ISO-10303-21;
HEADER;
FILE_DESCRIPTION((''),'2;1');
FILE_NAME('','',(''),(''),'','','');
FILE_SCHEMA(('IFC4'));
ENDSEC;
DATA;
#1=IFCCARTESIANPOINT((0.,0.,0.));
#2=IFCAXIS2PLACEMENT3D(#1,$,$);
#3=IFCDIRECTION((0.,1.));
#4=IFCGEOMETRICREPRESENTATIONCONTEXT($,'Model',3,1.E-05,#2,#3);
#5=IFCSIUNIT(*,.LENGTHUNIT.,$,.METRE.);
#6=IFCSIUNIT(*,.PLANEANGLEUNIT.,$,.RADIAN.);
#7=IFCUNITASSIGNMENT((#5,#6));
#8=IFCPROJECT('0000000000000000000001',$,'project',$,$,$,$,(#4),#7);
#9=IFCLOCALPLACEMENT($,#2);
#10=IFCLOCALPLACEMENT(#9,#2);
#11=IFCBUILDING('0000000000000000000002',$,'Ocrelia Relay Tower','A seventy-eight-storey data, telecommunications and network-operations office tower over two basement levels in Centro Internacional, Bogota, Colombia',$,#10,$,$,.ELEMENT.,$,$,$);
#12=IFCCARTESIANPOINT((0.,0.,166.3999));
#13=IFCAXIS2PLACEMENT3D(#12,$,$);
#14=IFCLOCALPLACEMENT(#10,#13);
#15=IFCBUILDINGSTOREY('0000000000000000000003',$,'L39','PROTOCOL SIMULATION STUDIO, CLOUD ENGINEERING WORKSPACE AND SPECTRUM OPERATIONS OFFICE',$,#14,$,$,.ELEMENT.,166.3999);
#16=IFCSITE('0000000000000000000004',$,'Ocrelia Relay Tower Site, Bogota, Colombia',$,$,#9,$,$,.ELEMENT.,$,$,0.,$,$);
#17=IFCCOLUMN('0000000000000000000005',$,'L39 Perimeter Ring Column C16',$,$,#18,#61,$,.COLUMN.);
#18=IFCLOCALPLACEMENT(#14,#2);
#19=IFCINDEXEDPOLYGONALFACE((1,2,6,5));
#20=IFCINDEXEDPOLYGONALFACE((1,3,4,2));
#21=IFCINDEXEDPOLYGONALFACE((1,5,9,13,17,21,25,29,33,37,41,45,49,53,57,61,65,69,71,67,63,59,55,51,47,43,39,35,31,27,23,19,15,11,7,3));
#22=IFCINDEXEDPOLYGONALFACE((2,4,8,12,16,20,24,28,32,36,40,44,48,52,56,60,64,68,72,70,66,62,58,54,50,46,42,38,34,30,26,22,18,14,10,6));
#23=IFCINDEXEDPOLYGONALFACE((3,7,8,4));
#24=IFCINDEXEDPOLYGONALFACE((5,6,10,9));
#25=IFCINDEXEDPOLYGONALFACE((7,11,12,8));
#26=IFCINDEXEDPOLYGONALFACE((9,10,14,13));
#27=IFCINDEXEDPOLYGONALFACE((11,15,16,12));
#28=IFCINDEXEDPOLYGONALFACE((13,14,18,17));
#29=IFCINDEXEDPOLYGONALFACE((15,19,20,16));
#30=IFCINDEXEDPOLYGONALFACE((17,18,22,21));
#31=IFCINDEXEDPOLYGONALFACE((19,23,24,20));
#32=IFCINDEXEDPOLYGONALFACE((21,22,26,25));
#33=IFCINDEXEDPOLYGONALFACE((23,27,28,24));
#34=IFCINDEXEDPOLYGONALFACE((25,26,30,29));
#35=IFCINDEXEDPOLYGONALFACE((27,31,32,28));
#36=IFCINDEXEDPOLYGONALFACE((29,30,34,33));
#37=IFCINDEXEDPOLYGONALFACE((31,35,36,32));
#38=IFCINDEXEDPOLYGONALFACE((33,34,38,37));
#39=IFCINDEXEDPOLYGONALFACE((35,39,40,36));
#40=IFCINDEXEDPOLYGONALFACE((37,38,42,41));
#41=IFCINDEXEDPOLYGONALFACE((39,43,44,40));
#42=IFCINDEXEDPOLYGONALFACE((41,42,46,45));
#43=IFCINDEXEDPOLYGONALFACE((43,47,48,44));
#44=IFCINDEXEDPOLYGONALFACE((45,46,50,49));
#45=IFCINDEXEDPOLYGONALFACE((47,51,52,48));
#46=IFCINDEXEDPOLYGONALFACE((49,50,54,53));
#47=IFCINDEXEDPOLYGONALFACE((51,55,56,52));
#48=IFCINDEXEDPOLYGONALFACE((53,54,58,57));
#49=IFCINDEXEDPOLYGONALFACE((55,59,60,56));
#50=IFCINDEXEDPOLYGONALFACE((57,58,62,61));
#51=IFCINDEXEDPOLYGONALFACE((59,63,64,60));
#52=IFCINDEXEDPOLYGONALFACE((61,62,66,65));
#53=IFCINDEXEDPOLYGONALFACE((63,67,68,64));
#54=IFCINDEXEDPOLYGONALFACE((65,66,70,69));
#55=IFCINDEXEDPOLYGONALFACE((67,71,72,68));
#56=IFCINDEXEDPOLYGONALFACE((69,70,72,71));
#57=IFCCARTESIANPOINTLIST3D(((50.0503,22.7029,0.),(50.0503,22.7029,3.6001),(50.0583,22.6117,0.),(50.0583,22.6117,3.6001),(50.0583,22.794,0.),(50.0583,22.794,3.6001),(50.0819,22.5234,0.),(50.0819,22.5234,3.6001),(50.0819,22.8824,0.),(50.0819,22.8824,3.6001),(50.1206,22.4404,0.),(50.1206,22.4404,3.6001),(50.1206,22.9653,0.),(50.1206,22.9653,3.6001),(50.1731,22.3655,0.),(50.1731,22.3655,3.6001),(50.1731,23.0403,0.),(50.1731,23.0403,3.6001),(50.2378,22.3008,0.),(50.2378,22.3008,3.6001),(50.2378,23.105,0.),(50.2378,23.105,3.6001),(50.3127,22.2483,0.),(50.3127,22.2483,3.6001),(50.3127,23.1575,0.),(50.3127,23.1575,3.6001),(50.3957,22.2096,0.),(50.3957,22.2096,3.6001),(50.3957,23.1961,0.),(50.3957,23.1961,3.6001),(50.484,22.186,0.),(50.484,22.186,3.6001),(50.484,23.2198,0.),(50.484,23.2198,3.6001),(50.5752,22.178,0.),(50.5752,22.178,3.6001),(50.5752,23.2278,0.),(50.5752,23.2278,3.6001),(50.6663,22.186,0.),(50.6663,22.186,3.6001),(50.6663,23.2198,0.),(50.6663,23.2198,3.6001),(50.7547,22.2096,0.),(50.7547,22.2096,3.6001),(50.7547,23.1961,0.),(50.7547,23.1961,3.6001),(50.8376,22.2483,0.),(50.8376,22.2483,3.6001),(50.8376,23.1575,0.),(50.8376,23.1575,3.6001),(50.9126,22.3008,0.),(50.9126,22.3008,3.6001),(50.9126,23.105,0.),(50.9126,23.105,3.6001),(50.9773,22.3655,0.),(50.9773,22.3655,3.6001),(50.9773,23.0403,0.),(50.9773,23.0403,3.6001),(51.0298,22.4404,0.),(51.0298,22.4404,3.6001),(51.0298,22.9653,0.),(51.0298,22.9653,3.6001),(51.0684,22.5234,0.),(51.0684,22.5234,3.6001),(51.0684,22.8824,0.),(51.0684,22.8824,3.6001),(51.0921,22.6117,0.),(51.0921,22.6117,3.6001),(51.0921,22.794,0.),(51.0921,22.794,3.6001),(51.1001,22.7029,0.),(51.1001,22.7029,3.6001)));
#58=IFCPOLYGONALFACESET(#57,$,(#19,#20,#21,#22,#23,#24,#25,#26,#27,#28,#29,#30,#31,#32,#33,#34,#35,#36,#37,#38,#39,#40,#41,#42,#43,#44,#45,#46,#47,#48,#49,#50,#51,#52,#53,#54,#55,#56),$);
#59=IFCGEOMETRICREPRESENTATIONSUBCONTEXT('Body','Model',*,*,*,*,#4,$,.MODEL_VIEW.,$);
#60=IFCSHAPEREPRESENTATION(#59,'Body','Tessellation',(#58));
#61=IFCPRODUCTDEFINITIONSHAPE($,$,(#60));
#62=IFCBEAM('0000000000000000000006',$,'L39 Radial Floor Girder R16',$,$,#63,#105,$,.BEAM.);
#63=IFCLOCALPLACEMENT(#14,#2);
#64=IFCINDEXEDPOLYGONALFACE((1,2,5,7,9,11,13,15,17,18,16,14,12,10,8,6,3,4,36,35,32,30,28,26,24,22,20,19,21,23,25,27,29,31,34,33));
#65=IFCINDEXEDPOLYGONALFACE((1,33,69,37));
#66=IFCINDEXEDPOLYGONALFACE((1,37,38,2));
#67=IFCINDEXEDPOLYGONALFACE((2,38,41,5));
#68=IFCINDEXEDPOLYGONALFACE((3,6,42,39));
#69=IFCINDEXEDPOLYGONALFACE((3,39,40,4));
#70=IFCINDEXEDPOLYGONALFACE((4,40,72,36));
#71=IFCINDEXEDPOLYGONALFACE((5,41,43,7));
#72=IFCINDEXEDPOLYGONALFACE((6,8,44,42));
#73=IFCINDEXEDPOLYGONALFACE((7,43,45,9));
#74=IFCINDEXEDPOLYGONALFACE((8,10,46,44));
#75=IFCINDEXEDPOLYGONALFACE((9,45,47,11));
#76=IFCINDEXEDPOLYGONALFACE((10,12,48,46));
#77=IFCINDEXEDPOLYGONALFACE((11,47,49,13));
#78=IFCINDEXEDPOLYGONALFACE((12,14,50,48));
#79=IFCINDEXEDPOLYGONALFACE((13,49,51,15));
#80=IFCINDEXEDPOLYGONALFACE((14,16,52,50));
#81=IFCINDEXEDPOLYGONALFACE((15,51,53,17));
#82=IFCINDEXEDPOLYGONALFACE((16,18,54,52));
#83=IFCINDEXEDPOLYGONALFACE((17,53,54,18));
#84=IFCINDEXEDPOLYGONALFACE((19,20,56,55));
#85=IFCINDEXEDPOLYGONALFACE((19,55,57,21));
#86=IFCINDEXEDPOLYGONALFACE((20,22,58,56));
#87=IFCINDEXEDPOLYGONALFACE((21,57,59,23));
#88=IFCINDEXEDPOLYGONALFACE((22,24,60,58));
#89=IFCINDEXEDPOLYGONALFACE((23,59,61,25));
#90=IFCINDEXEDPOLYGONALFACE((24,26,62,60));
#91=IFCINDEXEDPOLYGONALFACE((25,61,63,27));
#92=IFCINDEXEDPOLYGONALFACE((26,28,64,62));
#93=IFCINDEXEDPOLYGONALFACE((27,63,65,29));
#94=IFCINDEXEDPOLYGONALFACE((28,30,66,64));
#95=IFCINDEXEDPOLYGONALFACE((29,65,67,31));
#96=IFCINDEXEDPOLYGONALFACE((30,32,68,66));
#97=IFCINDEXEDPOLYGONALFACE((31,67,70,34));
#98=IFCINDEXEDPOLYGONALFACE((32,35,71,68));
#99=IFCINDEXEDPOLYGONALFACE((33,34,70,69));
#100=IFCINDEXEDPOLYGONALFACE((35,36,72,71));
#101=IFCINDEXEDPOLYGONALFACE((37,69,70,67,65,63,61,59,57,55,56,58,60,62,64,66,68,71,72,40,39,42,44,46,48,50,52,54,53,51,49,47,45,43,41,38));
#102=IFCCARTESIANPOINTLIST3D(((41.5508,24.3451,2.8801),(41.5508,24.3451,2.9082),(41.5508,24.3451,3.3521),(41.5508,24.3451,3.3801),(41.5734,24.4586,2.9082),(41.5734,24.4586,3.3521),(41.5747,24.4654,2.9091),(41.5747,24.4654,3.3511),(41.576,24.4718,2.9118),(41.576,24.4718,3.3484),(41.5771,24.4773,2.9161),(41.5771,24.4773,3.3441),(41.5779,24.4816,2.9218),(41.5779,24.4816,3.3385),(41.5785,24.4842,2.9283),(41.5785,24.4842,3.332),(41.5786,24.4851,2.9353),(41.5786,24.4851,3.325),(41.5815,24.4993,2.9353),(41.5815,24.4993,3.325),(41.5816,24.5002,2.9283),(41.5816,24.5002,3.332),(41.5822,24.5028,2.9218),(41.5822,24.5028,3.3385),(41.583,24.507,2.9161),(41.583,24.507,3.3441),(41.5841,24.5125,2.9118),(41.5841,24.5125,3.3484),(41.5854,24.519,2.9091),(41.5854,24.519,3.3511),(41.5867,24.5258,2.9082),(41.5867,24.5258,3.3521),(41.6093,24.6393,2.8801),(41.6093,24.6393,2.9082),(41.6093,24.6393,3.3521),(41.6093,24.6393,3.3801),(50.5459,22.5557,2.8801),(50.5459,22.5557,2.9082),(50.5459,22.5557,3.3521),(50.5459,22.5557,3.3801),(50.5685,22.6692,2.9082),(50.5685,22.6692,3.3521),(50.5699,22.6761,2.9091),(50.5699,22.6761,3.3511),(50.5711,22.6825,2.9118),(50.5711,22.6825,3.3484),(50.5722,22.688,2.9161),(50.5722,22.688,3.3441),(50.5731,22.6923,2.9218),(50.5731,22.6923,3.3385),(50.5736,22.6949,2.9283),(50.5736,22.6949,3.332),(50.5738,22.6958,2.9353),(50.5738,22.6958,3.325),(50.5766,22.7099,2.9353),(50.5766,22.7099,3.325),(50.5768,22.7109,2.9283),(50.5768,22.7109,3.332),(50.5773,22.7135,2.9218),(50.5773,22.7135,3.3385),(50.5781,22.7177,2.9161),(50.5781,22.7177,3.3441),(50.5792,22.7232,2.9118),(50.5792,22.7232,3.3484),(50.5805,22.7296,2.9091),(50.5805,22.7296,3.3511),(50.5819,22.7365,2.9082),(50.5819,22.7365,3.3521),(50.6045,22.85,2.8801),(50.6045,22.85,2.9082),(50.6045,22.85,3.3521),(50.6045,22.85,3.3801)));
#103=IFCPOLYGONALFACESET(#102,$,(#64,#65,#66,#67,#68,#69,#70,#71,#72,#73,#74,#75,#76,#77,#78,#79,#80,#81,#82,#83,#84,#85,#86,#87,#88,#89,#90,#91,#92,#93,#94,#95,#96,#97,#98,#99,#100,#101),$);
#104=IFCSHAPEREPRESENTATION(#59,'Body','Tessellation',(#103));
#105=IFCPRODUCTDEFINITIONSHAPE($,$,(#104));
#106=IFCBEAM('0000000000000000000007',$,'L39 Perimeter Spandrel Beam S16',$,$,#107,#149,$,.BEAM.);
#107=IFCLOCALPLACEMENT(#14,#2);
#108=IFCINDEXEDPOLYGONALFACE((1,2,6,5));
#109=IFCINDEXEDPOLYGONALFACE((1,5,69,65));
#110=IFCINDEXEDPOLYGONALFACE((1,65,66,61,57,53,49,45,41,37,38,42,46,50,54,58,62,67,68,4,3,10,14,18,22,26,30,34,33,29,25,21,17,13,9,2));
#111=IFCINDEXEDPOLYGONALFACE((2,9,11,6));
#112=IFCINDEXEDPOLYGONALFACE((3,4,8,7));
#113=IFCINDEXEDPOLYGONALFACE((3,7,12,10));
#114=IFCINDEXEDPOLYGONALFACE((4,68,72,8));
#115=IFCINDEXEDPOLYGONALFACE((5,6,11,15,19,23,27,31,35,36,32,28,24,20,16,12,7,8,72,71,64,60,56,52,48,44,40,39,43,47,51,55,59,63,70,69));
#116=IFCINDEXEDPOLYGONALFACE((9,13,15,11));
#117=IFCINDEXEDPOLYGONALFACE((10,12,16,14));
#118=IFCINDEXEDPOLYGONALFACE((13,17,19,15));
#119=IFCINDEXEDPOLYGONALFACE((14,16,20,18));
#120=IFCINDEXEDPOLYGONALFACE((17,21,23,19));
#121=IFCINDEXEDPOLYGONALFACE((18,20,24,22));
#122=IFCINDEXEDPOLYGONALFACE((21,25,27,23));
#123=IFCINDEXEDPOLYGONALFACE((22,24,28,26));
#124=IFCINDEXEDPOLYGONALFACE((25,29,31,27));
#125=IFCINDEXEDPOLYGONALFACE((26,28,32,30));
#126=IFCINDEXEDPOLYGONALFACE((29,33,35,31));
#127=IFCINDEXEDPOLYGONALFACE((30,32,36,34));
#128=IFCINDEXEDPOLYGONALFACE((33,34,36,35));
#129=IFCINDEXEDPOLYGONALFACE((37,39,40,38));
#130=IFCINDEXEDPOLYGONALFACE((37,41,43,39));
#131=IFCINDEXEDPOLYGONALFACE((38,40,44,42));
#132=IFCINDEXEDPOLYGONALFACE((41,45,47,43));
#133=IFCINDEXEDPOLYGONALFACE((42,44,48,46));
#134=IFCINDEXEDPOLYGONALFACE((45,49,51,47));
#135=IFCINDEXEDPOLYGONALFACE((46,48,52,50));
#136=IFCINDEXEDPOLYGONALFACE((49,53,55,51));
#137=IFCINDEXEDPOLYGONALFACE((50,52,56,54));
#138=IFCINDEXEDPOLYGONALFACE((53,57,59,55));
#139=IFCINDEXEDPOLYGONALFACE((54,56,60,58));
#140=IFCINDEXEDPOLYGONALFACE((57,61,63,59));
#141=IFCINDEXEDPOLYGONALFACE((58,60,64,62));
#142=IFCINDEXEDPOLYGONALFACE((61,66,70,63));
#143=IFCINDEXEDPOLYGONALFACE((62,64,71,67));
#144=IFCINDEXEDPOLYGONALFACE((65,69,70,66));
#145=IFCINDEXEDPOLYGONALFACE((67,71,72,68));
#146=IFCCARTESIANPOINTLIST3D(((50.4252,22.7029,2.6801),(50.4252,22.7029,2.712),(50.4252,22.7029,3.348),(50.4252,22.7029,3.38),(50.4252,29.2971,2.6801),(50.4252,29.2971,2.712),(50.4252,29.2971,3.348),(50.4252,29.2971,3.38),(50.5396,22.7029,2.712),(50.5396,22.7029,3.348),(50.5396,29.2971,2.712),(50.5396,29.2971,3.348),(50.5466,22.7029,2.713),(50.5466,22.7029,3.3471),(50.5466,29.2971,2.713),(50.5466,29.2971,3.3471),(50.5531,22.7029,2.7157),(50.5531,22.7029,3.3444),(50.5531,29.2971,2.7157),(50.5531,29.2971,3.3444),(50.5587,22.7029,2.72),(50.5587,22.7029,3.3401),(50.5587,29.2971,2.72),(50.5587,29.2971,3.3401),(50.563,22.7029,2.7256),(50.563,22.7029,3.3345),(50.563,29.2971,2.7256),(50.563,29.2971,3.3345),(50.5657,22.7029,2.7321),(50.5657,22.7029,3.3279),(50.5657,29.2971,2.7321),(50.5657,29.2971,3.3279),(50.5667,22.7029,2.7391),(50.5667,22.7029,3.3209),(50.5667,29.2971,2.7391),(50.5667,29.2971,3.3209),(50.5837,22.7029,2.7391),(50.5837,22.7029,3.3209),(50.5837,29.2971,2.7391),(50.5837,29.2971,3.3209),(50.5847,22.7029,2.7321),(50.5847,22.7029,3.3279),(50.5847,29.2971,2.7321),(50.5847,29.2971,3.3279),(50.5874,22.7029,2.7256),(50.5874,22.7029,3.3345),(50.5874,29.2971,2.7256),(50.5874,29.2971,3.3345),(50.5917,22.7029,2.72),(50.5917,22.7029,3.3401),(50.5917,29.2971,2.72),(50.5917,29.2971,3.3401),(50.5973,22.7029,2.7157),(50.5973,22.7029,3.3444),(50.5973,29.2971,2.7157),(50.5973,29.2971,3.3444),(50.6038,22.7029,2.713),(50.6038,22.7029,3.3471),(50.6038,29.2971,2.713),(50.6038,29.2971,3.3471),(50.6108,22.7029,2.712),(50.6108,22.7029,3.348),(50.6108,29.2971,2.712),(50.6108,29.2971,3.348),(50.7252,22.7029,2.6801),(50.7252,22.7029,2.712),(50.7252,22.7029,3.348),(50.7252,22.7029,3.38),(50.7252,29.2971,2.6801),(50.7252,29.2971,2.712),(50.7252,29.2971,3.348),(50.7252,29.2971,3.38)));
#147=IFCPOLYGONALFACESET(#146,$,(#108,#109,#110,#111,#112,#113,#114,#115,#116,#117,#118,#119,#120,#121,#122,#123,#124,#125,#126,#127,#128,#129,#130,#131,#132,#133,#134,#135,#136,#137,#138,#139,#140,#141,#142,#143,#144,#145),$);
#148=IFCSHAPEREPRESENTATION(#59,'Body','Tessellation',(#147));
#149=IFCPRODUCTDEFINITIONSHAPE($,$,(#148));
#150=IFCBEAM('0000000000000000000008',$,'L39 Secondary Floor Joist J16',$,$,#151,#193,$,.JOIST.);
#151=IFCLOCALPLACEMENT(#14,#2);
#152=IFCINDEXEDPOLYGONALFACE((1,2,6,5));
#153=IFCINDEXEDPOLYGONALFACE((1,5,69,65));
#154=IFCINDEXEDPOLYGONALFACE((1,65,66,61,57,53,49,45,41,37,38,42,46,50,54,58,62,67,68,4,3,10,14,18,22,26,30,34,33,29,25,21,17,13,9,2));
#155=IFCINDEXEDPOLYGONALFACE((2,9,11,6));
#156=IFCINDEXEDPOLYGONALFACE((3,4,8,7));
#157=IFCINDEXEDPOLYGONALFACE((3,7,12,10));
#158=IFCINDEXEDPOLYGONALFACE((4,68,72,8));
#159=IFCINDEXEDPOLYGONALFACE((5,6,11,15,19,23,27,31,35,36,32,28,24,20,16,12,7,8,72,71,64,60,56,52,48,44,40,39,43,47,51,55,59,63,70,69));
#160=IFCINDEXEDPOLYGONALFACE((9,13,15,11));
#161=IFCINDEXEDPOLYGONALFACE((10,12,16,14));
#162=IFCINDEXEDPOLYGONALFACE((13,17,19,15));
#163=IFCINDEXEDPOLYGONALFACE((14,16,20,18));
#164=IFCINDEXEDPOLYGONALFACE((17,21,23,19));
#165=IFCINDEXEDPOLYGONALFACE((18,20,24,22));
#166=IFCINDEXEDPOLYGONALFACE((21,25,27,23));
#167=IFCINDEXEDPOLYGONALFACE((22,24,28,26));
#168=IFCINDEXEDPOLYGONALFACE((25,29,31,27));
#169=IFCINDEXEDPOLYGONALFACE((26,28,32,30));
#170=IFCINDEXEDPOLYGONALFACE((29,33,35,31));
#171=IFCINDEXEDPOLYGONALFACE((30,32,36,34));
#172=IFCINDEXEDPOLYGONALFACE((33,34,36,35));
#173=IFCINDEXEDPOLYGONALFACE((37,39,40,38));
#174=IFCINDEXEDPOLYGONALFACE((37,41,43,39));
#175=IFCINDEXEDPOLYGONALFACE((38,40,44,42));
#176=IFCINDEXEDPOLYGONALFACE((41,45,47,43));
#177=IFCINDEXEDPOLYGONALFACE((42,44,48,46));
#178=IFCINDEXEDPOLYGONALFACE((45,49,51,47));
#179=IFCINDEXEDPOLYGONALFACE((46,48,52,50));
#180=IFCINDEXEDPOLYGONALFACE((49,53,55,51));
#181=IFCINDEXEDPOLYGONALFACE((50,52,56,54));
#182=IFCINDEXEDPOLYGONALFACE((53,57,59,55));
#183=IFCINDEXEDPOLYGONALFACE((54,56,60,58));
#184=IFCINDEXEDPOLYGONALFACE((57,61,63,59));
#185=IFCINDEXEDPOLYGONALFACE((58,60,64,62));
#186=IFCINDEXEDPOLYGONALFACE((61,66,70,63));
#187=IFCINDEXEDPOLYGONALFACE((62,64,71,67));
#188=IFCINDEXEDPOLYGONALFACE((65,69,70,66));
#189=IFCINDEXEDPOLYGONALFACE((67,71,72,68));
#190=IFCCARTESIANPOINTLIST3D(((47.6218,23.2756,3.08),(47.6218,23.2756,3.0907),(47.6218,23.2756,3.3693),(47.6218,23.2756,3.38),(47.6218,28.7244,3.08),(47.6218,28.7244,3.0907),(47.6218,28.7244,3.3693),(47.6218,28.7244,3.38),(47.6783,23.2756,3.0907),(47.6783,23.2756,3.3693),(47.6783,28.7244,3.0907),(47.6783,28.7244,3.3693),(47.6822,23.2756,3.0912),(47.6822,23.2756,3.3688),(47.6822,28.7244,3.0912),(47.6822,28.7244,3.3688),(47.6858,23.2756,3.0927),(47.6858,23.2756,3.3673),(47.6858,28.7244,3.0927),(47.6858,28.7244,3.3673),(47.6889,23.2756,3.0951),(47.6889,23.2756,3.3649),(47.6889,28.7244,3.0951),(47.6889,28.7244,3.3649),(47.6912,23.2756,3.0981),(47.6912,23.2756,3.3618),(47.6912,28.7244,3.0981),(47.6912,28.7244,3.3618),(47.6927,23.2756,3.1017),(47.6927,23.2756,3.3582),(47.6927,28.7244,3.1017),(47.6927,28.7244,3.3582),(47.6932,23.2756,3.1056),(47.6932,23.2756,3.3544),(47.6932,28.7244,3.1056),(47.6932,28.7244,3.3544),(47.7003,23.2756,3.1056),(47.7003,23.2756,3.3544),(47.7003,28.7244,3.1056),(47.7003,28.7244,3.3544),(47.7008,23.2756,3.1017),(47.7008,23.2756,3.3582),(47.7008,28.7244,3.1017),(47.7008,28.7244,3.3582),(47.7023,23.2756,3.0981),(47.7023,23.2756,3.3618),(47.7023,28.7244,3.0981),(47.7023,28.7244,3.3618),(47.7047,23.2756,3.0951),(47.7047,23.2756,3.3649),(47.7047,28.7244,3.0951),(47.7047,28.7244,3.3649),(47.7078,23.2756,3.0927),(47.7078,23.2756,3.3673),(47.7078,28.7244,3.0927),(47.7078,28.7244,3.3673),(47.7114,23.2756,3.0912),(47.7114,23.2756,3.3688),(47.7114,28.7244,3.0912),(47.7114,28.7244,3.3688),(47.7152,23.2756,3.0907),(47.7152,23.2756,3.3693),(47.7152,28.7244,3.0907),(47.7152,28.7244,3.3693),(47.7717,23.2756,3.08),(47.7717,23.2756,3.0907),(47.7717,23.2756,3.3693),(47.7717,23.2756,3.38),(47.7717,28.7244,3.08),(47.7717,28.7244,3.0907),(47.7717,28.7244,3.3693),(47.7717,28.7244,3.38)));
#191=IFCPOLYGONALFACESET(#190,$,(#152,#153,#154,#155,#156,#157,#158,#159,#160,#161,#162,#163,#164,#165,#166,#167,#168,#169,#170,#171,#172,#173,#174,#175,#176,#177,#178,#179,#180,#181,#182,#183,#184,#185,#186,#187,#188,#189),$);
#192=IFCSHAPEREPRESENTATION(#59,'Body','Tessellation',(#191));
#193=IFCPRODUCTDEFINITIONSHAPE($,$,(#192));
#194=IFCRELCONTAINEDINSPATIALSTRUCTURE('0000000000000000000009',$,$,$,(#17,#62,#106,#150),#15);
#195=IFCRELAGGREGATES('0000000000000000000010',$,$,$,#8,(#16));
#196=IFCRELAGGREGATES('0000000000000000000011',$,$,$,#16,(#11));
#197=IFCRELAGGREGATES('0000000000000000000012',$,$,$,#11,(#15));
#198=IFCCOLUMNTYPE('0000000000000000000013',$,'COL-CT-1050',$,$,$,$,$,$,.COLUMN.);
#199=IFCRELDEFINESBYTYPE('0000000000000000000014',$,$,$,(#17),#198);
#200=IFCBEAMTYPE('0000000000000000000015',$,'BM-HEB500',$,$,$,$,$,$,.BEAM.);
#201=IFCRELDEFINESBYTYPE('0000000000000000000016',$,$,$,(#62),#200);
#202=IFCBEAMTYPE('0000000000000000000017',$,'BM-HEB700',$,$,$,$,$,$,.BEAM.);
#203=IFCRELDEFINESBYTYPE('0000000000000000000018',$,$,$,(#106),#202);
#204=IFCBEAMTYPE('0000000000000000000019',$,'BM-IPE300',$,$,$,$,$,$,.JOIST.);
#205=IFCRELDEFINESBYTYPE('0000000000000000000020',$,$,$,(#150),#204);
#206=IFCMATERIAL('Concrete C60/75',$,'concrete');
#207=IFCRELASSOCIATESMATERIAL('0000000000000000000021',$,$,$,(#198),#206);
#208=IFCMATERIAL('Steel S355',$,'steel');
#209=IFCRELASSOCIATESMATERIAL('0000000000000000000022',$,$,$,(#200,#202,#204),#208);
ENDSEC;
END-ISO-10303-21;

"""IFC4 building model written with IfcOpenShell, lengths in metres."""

from ifc_helpers import new_model, si_unit, direction, frame, origin, origin_2d, place, context, subcontext, project, spatial, circle, i_section, extrude, material, material_profile, profile_set, type_object, element, save


model = new_model("IFC4")

# Units and contexts
model_context = context("Model", 3, precision=1e-05, world=origin(), true_north=direction((0.0, 1.0)))
body_context = subcontext(model_context, "Body", "Model", "MODEL_VIEW")
ifc_project = project(units=[si_unit("LENGTHUNIT", "METRE"), si_unit("PLANEANGLEUNIT", "RADIAN")], contexts=[model_context])

# Site, building, storey
site_placement = place(None, origin())
site = spatial("IfcSite", under=ifc_project, at=site_placement, Name="Ocrelia Relay Tower Site, Bogota, Colombia", CompositionType="ELEMENT", RefElevation=0.0)
building_placement = place(site_placement, origin())
building = spatial("IfcBuilding", under=site, at=building_placement, Name="Ocrelia Relay Tower", Description="A seventy-eight-storey data, telecommunications and network-operations office tower over two basement levels in Centro Internacional, Bogota, Colombia", CompositionType="ELEMENT")
storey_placement = place(building_placement, frame((0.0, 0.0, 166.3999)))
storey = spatial("IfcBuildingStorey", under=building, at=storey_placement, Name="L39", Description="PROTOCOL SIMULATION STUDIO, CLOUD ENGINEERING WORKSPACE AND SPECTRUM OPERATIONS OFFICE", CompositionType="ELEMENT", Elevation=166.3999)

# Column
ifc_material_1 = material(Name="Concrete C60/75", Category="concrete")
ifc_material_profile_1 = material_profile(ifc_material_1, circle(Radius=0.5249, at=origin_2d()), Name="RC-CIR-1050")
ifc_profile_set_1 = profile_set([ifc_material_profile_1], Name="Concrete C60/75")
column_type = type_object("IfcColumnType", Name="COL-CT-1050", PredefinedType="COLUMN", material=ifc_profile_set_1)
column_placement = place(storey_placement, frame((50.5752, 22.7029, 0.0), z_axis=(0.0, 0.0, 1.0), x_axis=(1.0, 0.0, 0.0)))
element("IfcColumn", 1, at=column_placement, inside=storey, type_object=column_type, Name="L39 Perimeter Ring Column C16", PredefinedType="COLUMN", context=body_context, shape_type="SweptSolid", body=[
    extrude(circle(Radius=0.5249, at=origin_2d()), origin(), (0.0, 0.0, 1.0), 3.6001),
])

# Beams
ifc_material_2 = material(Name="Steel S355", Category="steel")
ifc_material_profile_2 = material_profile(ifc_material_2, i_section(OverallWidth=0.3, OverallDepth=0.5, WebThickness=0.0144, FlangeThickness=0.0281, FilletRadius=0.0271, at=origin_2d()), Name="HEB 500")
ifc_profile_set_2 = profile_set([ifc_material_profile_2], Name="Steel S355")
beam_type_1 = type_object("IfcBeamType", Name="BM-HEB500", PredefinedType="BEAM", material=ifc_profile_set_2)
beam_1_placement = place(storey_placement, frame((50.5752, 22.7029, 3.1301), z_axis=(-0.980784, 0.195097, 0.0), x_axis=(-0.195097, -0.980784, 0.0)))
element("IfcBeam", 2, at=beam_1_placement, inside=storey, type_object=beam_type_1, Name="L39 Radial Floor Girder R16", PredefinedType="BEAM", context=body_context, shape_type="SweptSolid", body=[
    extrude(i_section(OverallWidth=0.3, OverallDepth=0.5, WebThickness=0.0144, FlangeThickness=0.0281, FilletRadius=0.0271, at=origin_2d()), origin(), (0.0, 0.0, 1.0), 9.1714),
])
ifc_material_profile_3 = material_profile(ifc_material_2, i_section(OverallWidth=0.3, OverallDepth=0.7, WebThickness=0.0171, FlangeThickness=0.032, FilletRadius=0.0271, at=origin_2d()), Name="HEB 700")
ifc_profile_set_3 = profile_set([ifc_material_profile_3], Name="Steel S355")
beam_type_2 = type_object("IfcBeamType", Name="BM-HEB700", PredefinedType="BEAM", material=ifc_profile_set_3)
beam_2_placement = place(storey_placement, frame((50.5752, 22.7029, 3.03), z_axis=(0.0, 1.0, 0.0), x_axis=(-1.0, 0.0, 0.0)))
element("IfcBeam", 3, at=beam_2_placement, inside=storey, type_object=beam_type_2, Name="L39 Perimeter Spandrel Beam S16", PredefinedType="BEAM", context=body_context, shape_type="SweptSolid", body=[
    extrude(i_section(OverallWidth=0.3, OverallDepth=0.7, WebThickness=0.0171, FlangeThickness=0.032, FilletRadius=0.0271, at=origin_2d()), origin(), (0.0, 0.0, 1.0), 6.5942),
])
ifc_material_profile_4 = material_profile(ifc_material_2, i_section(OverallWidth=0.1499, OverallDepth=0.3, WebThickness=0.0071, FlangeThickness=0.0107, FilletRadius=0.0149, at=origin_2d()), Name="IPE 300")
ifc_profile_set_4 = profile_set([ifc_material_profile_4], Name="Steel S355")
beam_type_3 = type_object("IfcBeamType", Name="BM-IPE300", PredefinedType="JOIST", material=ifc_profile_set_4)
beam_3_placement = place(storey_placement, frame((47.6968, 23.2756, 3.23), z_axis=(0.0, 1.0, 0.0), x_axis=(-1.0, 0.0, 0.0)))
element("IfcBeam", 4, at=beam_3_placement, inside=storey, type_object=beam_type_3, Name="L39 Secondary Floor Joist J16", PredefinedType="JOIST", context=body_context, shape_type="SweptSolid", body=[
    extrude(i_section(OverallWidth=0.1499, OverallDepth=0.3, WebThickness=0.0071, FlangeThickness=0.0107, FilletRadius=0.0149, at=origin_2d()), origin(), (0.0, 0.0, 1.0), 5.4487),
])

save(model, "model.ifc")
